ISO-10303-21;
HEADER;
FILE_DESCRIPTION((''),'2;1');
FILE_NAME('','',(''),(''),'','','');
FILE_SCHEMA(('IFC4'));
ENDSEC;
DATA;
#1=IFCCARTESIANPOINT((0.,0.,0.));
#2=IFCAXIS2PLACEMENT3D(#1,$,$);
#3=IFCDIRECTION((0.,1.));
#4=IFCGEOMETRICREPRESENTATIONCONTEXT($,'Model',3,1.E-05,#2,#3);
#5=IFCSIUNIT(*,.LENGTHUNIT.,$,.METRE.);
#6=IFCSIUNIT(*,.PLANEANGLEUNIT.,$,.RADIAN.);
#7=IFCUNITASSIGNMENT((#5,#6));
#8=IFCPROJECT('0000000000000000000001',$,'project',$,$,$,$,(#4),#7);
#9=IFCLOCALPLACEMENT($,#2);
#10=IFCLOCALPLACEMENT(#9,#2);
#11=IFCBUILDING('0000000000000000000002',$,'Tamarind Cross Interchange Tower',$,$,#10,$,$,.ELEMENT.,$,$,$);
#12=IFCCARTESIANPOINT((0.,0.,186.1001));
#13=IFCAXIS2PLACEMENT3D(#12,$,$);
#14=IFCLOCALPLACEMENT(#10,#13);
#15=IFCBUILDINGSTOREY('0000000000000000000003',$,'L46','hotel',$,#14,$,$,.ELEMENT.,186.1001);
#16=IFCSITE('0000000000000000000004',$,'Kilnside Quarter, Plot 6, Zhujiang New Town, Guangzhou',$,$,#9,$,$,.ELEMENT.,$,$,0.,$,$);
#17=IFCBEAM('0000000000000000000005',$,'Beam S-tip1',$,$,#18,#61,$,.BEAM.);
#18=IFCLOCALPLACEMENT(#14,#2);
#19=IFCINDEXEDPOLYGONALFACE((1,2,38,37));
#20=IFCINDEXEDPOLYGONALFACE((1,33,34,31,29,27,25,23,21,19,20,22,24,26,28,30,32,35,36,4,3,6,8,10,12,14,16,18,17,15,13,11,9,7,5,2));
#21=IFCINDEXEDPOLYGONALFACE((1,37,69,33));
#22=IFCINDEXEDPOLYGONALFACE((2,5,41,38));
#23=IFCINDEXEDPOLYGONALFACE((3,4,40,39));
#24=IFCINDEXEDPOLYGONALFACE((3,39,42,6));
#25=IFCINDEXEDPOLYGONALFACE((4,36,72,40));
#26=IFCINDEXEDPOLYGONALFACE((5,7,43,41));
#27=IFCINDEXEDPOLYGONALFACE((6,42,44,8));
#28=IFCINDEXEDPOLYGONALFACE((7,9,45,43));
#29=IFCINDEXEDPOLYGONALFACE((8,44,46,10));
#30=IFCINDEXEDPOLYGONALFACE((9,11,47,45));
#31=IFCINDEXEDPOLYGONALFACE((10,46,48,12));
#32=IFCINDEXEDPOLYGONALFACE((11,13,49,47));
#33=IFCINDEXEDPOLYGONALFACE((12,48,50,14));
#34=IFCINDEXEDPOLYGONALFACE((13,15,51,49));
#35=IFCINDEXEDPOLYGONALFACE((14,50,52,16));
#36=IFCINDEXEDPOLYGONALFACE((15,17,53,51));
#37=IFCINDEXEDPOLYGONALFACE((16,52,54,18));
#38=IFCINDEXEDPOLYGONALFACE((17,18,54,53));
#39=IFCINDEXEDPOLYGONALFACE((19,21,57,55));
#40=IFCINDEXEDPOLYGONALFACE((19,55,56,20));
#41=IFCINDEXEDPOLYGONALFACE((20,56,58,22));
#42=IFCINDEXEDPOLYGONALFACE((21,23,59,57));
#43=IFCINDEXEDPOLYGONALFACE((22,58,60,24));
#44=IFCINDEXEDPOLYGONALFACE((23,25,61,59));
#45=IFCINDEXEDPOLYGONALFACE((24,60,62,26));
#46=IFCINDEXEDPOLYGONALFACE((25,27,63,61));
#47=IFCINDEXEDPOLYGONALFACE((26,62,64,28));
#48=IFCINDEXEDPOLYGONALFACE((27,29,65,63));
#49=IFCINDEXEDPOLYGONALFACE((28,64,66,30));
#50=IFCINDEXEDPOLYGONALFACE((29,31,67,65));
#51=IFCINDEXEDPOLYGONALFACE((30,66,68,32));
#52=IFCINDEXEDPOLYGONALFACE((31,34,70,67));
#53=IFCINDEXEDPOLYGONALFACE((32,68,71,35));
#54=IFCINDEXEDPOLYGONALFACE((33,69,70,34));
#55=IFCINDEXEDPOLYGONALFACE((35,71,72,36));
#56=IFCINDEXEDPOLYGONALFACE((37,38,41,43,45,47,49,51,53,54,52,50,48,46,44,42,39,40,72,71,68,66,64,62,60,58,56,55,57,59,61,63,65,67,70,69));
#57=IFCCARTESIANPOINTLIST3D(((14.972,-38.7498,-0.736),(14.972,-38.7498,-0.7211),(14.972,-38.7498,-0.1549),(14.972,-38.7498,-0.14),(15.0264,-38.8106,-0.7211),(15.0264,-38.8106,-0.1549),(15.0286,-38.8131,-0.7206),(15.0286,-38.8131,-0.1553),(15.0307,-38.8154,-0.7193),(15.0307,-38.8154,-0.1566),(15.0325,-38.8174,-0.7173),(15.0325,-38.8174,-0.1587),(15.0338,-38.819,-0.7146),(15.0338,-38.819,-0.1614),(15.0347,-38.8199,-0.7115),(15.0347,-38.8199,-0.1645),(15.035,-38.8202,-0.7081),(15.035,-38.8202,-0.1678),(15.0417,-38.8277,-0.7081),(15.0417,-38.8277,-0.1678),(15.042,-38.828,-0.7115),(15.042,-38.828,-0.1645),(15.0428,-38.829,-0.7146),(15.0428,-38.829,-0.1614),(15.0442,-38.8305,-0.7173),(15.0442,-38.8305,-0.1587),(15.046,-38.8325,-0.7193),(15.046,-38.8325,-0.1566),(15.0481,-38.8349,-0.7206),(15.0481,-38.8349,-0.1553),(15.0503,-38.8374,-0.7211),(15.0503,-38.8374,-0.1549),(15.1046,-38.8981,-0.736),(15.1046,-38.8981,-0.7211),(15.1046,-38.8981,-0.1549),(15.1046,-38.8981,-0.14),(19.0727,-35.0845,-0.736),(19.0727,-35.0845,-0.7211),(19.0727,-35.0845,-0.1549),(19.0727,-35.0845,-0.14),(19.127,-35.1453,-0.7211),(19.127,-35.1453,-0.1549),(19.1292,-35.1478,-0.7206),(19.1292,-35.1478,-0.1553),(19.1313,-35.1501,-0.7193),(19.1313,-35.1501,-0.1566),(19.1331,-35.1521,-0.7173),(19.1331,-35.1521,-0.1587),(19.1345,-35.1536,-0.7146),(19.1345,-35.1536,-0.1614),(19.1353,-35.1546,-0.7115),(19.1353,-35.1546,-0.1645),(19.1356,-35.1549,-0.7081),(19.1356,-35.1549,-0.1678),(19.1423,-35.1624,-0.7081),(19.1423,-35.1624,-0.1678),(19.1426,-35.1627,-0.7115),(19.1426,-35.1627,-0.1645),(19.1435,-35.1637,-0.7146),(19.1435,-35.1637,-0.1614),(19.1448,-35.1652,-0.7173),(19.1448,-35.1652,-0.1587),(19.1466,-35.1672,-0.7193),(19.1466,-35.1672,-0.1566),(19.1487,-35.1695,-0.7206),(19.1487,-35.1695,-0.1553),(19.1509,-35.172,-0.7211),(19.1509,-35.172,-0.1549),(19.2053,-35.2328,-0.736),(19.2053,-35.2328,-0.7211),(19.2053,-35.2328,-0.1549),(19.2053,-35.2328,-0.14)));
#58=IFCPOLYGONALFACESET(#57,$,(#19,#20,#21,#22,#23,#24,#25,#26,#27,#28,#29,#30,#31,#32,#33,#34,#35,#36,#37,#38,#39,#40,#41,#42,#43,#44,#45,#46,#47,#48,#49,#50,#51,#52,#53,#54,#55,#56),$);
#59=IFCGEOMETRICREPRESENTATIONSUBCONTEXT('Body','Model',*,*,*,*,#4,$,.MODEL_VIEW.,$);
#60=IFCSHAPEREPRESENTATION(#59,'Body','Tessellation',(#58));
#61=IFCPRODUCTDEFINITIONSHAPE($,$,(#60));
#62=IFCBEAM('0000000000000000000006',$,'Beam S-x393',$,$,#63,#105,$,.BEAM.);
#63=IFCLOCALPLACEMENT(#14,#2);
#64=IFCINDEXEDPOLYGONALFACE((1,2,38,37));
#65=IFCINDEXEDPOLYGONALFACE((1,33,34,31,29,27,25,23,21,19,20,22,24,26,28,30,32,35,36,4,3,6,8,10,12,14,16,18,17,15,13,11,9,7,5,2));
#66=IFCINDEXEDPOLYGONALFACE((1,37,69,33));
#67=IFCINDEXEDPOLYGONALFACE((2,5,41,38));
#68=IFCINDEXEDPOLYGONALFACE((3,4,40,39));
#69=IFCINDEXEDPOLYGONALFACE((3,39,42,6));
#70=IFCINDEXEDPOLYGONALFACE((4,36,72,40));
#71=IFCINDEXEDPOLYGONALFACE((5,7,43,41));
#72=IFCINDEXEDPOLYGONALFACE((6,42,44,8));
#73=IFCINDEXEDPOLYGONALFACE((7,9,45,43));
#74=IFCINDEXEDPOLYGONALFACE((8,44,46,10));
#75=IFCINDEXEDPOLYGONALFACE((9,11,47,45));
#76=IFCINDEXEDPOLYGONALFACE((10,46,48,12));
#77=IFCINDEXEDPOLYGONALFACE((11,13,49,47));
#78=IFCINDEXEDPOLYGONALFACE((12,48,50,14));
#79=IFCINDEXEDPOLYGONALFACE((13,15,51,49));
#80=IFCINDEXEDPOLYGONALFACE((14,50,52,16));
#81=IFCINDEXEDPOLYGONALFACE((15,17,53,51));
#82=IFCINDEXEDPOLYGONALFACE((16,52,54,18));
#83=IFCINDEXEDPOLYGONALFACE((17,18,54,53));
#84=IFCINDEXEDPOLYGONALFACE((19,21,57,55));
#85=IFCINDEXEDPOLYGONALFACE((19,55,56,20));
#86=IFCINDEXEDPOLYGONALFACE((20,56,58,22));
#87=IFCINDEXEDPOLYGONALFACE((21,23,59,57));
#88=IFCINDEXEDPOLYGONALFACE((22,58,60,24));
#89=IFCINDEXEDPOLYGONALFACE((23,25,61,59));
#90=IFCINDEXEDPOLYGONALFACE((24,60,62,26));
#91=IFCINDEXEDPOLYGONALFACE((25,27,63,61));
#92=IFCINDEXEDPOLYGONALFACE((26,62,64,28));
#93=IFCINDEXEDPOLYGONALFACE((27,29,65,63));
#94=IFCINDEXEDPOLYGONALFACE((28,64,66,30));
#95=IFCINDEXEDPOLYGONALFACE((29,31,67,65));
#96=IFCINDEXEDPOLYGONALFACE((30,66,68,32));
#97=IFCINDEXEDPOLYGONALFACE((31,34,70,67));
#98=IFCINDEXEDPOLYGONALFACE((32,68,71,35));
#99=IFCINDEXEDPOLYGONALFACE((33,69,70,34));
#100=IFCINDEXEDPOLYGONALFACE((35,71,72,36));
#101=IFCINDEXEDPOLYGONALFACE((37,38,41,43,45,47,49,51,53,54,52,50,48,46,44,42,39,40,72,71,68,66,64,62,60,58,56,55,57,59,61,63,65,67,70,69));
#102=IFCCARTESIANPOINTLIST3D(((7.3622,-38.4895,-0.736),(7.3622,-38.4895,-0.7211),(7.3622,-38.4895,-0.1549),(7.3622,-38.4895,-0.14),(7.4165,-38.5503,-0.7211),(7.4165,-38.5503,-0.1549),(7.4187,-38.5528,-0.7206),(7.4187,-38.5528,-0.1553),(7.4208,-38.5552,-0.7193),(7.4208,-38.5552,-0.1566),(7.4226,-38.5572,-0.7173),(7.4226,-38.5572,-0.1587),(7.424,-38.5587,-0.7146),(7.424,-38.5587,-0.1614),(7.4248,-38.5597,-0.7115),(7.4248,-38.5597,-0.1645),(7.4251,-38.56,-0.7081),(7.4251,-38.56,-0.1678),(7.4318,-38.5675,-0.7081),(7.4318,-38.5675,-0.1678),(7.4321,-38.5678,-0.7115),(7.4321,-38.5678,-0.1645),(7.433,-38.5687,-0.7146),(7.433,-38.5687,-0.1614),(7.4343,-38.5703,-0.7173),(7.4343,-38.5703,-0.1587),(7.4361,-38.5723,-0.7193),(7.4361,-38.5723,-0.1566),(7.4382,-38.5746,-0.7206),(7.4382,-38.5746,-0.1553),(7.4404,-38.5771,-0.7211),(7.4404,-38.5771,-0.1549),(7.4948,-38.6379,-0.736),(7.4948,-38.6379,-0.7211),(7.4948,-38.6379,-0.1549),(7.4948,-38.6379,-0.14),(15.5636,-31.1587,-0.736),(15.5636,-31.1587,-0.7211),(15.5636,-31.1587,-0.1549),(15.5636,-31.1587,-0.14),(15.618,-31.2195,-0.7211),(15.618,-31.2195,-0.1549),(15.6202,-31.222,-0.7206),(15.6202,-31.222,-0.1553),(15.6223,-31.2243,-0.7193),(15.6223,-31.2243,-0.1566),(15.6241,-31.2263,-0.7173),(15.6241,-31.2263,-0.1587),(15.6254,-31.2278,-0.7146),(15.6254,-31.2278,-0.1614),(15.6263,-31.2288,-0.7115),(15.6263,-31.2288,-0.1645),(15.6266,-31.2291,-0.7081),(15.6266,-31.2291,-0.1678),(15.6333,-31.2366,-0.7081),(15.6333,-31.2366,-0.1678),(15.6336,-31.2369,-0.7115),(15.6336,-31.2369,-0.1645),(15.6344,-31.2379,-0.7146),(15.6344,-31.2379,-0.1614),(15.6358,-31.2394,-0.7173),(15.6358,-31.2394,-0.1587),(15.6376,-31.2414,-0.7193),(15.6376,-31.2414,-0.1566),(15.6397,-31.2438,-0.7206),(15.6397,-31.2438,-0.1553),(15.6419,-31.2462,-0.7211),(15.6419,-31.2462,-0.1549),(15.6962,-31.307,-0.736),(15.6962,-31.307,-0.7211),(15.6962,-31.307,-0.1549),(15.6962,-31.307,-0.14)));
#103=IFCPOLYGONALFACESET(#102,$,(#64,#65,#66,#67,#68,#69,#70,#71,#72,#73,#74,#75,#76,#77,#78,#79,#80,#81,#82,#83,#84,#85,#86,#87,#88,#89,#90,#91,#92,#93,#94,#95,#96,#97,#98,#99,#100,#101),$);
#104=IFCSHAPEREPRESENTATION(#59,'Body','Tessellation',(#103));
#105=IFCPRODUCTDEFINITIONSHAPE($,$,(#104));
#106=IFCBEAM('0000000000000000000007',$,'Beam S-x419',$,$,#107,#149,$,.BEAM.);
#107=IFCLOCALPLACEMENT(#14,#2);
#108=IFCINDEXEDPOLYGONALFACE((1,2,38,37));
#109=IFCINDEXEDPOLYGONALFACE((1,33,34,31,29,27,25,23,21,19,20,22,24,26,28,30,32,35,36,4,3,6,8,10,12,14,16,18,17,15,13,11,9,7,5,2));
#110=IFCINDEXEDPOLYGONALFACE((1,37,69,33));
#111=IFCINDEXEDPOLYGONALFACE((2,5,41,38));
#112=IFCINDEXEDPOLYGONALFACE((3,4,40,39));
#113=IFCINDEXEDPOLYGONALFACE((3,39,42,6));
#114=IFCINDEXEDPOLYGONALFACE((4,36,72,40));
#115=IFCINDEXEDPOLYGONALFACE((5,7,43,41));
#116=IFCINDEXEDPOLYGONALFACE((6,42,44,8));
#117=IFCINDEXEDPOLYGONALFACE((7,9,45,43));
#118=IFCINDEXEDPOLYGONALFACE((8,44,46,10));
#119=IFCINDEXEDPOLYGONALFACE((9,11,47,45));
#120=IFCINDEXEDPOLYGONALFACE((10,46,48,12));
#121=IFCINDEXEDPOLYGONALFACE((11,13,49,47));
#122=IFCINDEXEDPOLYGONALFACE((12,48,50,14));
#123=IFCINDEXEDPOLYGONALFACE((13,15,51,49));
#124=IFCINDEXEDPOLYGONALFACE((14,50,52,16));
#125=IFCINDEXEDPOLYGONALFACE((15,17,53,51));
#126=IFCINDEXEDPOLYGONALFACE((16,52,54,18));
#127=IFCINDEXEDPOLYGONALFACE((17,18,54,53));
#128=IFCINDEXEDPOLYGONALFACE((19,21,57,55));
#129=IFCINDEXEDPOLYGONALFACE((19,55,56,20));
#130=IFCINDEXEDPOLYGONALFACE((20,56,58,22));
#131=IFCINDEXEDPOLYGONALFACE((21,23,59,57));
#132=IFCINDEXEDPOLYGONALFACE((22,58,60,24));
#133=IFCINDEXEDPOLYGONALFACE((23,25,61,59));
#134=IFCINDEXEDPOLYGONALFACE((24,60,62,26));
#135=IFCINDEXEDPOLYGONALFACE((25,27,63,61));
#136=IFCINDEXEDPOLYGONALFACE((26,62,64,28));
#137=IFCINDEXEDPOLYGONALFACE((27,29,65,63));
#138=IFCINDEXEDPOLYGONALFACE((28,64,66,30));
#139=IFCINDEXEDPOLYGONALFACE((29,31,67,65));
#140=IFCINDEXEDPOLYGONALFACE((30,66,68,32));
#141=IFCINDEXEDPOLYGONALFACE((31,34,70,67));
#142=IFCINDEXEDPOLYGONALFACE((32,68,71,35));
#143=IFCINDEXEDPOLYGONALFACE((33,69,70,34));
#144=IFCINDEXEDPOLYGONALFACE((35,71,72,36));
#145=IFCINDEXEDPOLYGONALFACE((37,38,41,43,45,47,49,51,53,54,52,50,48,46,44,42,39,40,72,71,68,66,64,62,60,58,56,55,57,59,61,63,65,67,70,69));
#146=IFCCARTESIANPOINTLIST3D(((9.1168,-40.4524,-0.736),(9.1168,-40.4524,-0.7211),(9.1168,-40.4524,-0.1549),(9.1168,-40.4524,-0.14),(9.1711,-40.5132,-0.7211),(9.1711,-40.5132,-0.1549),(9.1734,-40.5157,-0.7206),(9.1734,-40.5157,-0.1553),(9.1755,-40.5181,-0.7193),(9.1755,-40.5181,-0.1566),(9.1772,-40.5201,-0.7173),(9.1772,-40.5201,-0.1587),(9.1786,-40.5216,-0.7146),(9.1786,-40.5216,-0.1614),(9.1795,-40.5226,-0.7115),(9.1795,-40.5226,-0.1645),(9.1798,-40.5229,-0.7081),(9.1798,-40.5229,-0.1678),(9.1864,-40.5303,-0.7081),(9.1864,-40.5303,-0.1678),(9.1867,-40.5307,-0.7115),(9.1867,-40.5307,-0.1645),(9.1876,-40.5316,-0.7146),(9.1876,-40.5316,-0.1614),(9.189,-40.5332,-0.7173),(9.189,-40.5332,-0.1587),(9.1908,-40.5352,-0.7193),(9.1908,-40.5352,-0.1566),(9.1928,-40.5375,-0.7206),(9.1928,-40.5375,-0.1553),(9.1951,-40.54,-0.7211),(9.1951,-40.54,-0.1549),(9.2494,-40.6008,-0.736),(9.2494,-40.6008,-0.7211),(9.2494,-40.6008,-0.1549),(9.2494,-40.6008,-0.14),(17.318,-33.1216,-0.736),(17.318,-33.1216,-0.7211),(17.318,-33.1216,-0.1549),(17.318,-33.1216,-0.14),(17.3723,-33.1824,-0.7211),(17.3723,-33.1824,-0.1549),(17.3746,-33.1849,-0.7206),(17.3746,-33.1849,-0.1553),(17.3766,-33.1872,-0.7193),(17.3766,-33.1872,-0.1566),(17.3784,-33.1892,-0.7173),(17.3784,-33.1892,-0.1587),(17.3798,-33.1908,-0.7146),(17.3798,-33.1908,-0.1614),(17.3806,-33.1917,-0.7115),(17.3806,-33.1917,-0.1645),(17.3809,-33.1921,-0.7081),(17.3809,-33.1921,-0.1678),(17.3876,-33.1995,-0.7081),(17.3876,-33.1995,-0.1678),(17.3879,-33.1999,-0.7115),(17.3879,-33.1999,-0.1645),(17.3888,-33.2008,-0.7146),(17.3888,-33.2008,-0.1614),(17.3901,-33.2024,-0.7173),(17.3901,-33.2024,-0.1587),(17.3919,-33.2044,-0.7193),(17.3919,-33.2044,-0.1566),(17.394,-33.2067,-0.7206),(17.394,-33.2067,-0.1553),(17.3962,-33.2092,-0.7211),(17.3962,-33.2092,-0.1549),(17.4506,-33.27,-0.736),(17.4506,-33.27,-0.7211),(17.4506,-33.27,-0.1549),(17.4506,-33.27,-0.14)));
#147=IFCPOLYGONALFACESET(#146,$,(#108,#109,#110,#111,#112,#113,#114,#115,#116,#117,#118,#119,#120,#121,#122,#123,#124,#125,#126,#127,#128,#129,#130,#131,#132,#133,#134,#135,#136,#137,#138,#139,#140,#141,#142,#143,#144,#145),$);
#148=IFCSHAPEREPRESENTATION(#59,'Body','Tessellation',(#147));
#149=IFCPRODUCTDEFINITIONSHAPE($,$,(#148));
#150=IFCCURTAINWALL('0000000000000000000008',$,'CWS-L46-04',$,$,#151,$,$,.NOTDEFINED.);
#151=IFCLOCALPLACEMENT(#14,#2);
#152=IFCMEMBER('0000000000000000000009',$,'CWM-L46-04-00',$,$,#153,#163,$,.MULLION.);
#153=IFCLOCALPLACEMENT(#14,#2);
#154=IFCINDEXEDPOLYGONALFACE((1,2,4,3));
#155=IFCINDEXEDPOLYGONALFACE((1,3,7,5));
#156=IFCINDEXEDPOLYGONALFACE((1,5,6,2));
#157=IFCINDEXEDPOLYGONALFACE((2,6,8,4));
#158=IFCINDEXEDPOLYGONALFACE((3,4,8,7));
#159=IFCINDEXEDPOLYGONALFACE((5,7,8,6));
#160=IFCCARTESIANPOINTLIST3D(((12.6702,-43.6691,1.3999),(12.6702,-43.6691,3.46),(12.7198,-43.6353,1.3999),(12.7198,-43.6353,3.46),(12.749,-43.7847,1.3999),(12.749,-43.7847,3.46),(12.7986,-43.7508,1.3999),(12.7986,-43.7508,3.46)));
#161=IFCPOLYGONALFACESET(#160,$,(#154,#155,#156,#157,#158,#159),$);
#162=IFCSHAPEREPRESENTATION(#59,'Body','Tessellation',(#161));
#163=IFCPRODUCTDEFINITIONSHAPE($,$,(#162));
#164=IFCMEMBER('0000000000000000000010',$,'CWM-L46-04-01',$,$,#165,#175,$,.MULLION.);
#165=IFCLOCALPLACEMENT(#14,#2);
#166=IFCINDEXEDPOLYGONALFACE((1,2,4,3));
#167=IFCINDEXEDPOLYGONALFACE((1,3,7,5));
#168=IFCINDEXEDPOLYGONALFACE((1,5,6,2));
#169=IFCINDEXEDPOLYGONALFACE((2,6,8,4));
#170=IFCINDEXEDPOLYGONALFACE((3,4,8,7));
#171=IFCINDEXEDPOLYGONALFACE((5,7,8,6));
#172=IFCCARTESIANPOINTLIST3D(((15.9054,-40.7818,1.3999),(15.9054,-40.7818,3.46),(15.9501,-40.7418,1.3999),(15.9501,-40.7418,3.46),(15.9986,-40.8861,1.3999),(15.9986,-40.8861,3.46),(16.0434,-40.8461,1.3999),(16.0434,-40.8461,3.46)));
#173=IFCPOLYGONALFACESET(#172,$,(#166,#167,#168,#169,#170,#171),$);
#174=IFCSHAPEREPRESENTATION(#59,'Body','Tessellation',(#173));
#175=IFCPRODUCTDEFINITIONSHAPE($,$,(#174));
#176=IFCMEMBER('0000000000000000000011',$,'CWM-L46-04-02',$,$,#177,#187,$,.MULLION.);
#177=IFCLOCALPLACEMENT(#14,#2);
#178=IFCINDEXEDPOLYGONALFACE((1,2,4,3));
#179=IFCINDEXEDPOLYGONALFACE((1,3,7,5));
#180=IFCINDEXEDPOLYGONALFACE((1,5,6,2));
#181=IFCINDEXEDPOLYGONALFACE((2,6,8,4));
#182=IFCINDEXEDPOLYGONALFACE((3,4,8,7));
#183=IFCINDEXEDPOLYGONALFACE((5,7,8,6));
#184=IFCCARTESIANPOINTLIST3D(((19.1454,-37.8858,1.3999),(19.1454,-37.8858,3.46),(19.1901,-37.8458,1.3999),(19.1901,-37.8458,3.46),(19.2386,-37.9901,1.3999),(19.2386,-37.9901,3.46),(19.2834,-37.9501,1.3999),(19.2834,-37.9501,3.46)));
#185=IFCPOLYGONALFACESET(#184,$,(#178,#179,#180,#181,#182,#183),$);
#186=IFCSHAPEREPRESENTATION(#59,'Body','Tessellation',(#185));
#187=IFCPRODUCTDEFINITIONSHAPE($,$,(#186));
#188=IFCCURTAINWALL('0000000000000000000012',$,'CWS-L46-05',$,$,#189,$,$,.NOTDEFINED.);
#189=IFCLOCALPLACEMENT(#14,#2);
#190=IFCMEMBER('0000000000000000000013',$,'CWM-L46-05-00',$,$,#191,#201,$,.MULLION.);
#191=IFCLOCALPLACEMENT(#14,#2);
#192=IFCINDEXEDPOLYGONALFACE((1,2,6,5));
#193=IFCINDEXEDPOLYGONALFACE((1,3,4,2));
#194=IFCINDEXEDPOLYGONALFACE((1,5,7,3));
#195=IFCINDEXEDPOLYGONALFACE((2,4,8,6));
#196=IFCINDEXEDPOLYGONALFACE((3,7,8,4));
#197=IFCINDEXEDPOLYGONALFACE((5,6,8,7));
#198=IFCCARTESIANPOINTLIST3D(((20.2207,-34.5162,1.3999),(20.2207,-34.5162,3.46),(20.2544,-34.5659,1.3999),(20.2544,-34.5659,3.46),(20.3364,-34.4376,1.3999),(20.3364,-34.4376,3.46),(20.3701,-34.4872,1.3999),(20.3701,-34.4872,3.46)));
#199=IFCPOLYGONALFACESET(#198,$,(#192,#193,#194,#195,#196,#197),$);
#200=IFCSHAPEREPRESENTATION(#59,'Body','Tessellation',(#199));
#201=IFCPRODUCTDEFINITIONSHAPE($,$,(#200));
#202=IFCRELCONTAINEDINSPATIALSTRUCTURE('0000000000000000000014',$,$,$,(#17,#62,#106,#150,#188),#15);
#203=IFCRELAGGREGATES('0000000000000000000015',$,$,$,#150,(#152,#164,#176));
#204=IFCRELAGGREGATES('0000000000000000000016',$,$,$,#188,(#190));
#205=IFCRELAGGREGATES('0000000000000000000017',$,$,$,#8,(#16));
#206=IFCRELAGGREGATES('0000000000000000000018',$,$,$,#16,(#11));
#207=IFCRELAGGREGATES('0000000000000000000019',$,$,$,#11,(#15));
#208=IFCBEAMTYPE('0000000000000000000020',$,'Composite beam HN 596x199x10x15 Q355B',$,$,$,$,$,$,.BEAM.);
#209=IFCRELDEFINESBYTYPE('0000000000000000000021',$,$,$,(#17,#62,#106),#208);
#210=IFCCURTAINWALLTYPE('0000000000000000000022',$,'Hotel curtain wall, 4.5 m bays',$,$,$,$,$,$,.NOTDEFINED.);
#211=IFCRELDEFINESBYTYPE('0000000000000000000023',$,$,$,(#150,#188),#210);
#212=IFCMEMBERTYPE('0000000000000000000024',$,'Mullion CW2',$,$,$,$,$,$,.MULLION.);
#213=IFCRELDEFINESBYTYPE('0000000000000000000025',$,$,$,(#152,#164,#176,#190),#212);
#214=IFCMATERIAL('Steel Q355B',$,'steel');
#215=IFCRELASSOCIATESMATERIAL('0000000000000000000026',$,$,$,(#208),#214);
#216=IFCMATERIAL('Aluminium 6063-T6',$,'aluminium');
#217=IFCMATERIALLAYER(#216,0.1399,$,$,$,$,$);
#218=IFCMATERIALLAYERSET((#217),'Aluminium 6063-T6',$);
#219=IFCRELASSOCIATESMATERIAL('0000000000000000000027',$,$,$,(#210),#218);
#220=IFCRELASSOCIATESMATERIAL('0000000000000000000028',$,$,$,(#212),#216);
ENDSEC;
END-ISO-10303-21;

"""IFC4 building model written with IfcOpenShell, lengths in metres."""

from ifc_helpers import new_model, si_unit, direction, frame, origin, origin_2d, place, context, subcontext, project, spatial, rectangle, i_section, extrude, material, layer, layer_set, material_profile, profile_set, type_object, element, aggregate, save


model = new_model("IFC4")

# Units and contexts
model_context = context("Model", 3, precision=1e-05, world=origin(), true_north=direction((0.0, 1.0)))
body_context = subcontext(model_context, "Body", "Model", "MODEL_VIEW")
ifc_project = project(units=[si_unit("LENGTHUNIT", "METRE"), si_unit("PLANEANGLEUNIT", "RADIAN")], contexts=[model_context])

# Site, building, storey
site_placement = place(None, origin())
site = spatial("IfcSite", under=ifc_project, at=site_placement, Name="Kilnside Quarter, Plot 6, Zhujiang New Town, Guangzhou", CompositionType="ELEMENT", RefElevation=0.0)
building_placement = place(site_placement, origin())
building = spatial("IfcBuilding", under=site, at=building_placement, Name="Tamarind Cross Interchange Tower", CompositionType="ELEMENT")
storey_placement = place(building_placement, frame((0.0, 0.0, 186.1001)))
storey = spatial("IfcBuildingStorey", under=building, at=storey_placement, Name="L46", Description="hotel", CompositionType="ELEMENT", Elevation=186.1001)

# Beams
ifc_material_1 = material(Name="Steel Q355B", Category="steel")
ifc_material_profile_1 = material_profile(ifc_material_1, i_section(OverallWidth=0.199, OverallDepth=0.5959, WebThickness=0.01, FlangeThickness=0.0149, FilletRadius=0.0129, at=origin_2d()), Name="HN 596x199x10x15")
ifc_profile_set_1 = profile_set([ifc_material_profile_1], Name="Steel Q355B")
beam_type_1 = type_object("IfcBeamType", Name="Composite beam HN 596x199x10x15 Q355B", PredefinedType="BEAM", material=ifc_profile_set_1)
beam_1_placement = place(storey_placement, frame((15.0383, -38.824, -0.438), z_axis=(0.745572, 0.666425, 0.0), x_axis=(-0.666425, 0.745572, 0.0)))
element("IfcBeam", 1, at=beam_1_placement, inside=storey, type_object=beam_type_1, Name="Beam S-tip1", PredefinedType="BEAM", context=body_context, shape_type="SweptSolid", body=[
    extrude(i_section(OverallWidth=0.199, OverallDepth=0.5959, WebThickness=0.01, FlangeThickness=0.0149, FilletRadius=0.0129, at=origin_2d()), origin(), (0.0, 0.0, 1.0), 5.5),
])
beam_2_placement = place(storey_placement, frame((7.4285, -38.5637, -0.438), z_axis=(0.745571, 0.666426, 0.0), x_axis=(-0.666426, 0.745571, 0.0)))
element("IfcBeam", 2, at=beam_2_placement, inside=storey, type_object=beam_type_1, Name="Beam S-x393", PredefinedType="BEAM", context=body_context, shape_type="SweptSolid", body=[
    extrude(i_section(OverallWidth=0.199, OverallDepth=0.5959, WebThickness=0.01, FlangeThickness=0.0149, FilletRadius=0.0129, at=origin_2d()), origin(), (0.0, 0.0, 1.0), 11.0002),
])
beam_3_placement = place(storey_placement, frame((9.1831, -40.5266, -0.438), z_axis=(0.745561, 0.666437, 0.0), x_axis=(-0.666437, 0.745561, 0.0)))
element("IfcBeam", 3, at=beam_3_placement, inside=storey, type_object=beam_type_1, Name="Beam S-x419", PredefinedType="BEAM", context=body_context, shape_type="SweptSolid", body=[
    extrude(i_section(OverallWidth=0.199, OverallDepth=0.5959, WebThickness=0.01, FlangeThickness=0.0149, FilletRadius=0.0129, at=origin_2d()), origin(), (0.0, 0.0, 1.0), 11.0),
])

# Curtain walls, members
ifc_material_2 = material(Name="Aluminium 6063-T6", Category="aluminium")
ifc_layer_1 = layer(ifc_material_2, 0.1399)
ifc_layer_set_1 = layer_set([ifc_layer_1], Name="Aluminium 6063-T6")
curtain_wall_type = type_object("IfcCurtainWallType", Name="Hotel curtain wall, 4.5 m bays", PredefinedType="NOTDEFINED", material=ifc_layer_set_1)
curtain_wall_1_placement = place(storey_placement, origin())
curtain_wall_1 = element("IfcCurtainWall", 4, at=curtain_wall_1_placement, inside=storey, type_object=curtain_wall_type, Name="CWS-L46-04", PredefinedType="NOTDEFINED")
ifc_material_profile_2 = material_profile(ifc_material_2, rectangle(XDim=0.0601, YDim=0.1399, at=origin_2d()), Name="Mullion CW2")
ifc_profile_set_2 = profile_set([ifc_material_profile_2], Name="Aluminium 6063-T6")
member_type = type_object("IfcMemberType", Name="Mullion CW2", PredefinedType="MULLION", material=ifc_profile_set_2)
member_1_placement = place(storey_placement, frame((12.7344, -43.71, 1.3999), z_axis=(0.0, 0.0, 1.0), x_axis=(0.826177, 0.563411, 0.0)))
member_1 = element("IfcMember", 5, at=member_1_placement, type_object=member_type, Name="CWM-L46-04-00", PredefinedType="MULLION", context=body_context, shape_type="SweptSolid", body=[
    extrude(rectangle(XDim=0.0601, YDim=0.1399, at=origin_2d()), origin(), (0.0, 0.0, 1.0), 2.0601),
])
member_2_placement = place(storey_placement, frame((15.9744, -40.814, 1.3999), z_axis=(0.0, 0.0, 1.0), x_axis=(0.745569, 0.666428, 0.0)))
member_2 = element("IfcMember", 6, at=member_2_placement, type_object=member_type, Name="CWM-L46-04-01", PredefinedType="MULLION", context=body_context, shape_type="SweptSolid", body=[
    extrude(rectangle(XDim=0.0601, YDim=0.1399, at=origin_2d()), origin(), (0.0, 0.0, 1.0), 2.0601),
])
member_3_placement = place(storey_placement, frame((19.2144, -37.918, 1.3999), z_axis=(0.0, 0.0, 1.0), x_axis=(0.745569, 0.666428, 0.0)))
member_3 = element("IfcMember", 7, at=member_3_placement, type_object=member_type, Name="CWM-L46-04-02", PredefinedType="MULLION", context=body_context, shape_type="SweptSolid", body=[
    extrude(rectangle(XDim=0.0601, YDim=0.1399, at=origin_2d()), origin(), (0.0, 0.0, 1.0), 2.0601),
])
aggregate(curtain_wall_1, [member_1, member_2, member_3])
curtain_wall_2_placement = place(storey_placement, origin())
curtain_wall_2 = element("IfcCurtainWall", 8, at=curtain_wall_2_placement, inside=storey, type_object=curtain_wall_type, Name="CWS-L46-05", PredefinedType="NOTDEFINED")
member_4_placement = place(storey_placement, frame((20.2954, -34.5017, 1.3999), z_axis=(0.0, 0.0, 1.0), x_axis=(-0.562039, 0.827111, 0.0)))
member_4 = element("IfcMember", 9, at=member_4_placement, type_object=member_type, Name="CWM-L46-05-00", PredefinedType="MULLION", context=body_context, shape_type="SweptSolid", body=[
    extrude(rectangle(XDim=0.0601, YDim=0.1399, at=origin_2d()), origin(), (0.0, 0.0, 1.0), 2.0601),
])
aggregate(curtain_wall_2, [member_4])

save(model, "model.ifc")
